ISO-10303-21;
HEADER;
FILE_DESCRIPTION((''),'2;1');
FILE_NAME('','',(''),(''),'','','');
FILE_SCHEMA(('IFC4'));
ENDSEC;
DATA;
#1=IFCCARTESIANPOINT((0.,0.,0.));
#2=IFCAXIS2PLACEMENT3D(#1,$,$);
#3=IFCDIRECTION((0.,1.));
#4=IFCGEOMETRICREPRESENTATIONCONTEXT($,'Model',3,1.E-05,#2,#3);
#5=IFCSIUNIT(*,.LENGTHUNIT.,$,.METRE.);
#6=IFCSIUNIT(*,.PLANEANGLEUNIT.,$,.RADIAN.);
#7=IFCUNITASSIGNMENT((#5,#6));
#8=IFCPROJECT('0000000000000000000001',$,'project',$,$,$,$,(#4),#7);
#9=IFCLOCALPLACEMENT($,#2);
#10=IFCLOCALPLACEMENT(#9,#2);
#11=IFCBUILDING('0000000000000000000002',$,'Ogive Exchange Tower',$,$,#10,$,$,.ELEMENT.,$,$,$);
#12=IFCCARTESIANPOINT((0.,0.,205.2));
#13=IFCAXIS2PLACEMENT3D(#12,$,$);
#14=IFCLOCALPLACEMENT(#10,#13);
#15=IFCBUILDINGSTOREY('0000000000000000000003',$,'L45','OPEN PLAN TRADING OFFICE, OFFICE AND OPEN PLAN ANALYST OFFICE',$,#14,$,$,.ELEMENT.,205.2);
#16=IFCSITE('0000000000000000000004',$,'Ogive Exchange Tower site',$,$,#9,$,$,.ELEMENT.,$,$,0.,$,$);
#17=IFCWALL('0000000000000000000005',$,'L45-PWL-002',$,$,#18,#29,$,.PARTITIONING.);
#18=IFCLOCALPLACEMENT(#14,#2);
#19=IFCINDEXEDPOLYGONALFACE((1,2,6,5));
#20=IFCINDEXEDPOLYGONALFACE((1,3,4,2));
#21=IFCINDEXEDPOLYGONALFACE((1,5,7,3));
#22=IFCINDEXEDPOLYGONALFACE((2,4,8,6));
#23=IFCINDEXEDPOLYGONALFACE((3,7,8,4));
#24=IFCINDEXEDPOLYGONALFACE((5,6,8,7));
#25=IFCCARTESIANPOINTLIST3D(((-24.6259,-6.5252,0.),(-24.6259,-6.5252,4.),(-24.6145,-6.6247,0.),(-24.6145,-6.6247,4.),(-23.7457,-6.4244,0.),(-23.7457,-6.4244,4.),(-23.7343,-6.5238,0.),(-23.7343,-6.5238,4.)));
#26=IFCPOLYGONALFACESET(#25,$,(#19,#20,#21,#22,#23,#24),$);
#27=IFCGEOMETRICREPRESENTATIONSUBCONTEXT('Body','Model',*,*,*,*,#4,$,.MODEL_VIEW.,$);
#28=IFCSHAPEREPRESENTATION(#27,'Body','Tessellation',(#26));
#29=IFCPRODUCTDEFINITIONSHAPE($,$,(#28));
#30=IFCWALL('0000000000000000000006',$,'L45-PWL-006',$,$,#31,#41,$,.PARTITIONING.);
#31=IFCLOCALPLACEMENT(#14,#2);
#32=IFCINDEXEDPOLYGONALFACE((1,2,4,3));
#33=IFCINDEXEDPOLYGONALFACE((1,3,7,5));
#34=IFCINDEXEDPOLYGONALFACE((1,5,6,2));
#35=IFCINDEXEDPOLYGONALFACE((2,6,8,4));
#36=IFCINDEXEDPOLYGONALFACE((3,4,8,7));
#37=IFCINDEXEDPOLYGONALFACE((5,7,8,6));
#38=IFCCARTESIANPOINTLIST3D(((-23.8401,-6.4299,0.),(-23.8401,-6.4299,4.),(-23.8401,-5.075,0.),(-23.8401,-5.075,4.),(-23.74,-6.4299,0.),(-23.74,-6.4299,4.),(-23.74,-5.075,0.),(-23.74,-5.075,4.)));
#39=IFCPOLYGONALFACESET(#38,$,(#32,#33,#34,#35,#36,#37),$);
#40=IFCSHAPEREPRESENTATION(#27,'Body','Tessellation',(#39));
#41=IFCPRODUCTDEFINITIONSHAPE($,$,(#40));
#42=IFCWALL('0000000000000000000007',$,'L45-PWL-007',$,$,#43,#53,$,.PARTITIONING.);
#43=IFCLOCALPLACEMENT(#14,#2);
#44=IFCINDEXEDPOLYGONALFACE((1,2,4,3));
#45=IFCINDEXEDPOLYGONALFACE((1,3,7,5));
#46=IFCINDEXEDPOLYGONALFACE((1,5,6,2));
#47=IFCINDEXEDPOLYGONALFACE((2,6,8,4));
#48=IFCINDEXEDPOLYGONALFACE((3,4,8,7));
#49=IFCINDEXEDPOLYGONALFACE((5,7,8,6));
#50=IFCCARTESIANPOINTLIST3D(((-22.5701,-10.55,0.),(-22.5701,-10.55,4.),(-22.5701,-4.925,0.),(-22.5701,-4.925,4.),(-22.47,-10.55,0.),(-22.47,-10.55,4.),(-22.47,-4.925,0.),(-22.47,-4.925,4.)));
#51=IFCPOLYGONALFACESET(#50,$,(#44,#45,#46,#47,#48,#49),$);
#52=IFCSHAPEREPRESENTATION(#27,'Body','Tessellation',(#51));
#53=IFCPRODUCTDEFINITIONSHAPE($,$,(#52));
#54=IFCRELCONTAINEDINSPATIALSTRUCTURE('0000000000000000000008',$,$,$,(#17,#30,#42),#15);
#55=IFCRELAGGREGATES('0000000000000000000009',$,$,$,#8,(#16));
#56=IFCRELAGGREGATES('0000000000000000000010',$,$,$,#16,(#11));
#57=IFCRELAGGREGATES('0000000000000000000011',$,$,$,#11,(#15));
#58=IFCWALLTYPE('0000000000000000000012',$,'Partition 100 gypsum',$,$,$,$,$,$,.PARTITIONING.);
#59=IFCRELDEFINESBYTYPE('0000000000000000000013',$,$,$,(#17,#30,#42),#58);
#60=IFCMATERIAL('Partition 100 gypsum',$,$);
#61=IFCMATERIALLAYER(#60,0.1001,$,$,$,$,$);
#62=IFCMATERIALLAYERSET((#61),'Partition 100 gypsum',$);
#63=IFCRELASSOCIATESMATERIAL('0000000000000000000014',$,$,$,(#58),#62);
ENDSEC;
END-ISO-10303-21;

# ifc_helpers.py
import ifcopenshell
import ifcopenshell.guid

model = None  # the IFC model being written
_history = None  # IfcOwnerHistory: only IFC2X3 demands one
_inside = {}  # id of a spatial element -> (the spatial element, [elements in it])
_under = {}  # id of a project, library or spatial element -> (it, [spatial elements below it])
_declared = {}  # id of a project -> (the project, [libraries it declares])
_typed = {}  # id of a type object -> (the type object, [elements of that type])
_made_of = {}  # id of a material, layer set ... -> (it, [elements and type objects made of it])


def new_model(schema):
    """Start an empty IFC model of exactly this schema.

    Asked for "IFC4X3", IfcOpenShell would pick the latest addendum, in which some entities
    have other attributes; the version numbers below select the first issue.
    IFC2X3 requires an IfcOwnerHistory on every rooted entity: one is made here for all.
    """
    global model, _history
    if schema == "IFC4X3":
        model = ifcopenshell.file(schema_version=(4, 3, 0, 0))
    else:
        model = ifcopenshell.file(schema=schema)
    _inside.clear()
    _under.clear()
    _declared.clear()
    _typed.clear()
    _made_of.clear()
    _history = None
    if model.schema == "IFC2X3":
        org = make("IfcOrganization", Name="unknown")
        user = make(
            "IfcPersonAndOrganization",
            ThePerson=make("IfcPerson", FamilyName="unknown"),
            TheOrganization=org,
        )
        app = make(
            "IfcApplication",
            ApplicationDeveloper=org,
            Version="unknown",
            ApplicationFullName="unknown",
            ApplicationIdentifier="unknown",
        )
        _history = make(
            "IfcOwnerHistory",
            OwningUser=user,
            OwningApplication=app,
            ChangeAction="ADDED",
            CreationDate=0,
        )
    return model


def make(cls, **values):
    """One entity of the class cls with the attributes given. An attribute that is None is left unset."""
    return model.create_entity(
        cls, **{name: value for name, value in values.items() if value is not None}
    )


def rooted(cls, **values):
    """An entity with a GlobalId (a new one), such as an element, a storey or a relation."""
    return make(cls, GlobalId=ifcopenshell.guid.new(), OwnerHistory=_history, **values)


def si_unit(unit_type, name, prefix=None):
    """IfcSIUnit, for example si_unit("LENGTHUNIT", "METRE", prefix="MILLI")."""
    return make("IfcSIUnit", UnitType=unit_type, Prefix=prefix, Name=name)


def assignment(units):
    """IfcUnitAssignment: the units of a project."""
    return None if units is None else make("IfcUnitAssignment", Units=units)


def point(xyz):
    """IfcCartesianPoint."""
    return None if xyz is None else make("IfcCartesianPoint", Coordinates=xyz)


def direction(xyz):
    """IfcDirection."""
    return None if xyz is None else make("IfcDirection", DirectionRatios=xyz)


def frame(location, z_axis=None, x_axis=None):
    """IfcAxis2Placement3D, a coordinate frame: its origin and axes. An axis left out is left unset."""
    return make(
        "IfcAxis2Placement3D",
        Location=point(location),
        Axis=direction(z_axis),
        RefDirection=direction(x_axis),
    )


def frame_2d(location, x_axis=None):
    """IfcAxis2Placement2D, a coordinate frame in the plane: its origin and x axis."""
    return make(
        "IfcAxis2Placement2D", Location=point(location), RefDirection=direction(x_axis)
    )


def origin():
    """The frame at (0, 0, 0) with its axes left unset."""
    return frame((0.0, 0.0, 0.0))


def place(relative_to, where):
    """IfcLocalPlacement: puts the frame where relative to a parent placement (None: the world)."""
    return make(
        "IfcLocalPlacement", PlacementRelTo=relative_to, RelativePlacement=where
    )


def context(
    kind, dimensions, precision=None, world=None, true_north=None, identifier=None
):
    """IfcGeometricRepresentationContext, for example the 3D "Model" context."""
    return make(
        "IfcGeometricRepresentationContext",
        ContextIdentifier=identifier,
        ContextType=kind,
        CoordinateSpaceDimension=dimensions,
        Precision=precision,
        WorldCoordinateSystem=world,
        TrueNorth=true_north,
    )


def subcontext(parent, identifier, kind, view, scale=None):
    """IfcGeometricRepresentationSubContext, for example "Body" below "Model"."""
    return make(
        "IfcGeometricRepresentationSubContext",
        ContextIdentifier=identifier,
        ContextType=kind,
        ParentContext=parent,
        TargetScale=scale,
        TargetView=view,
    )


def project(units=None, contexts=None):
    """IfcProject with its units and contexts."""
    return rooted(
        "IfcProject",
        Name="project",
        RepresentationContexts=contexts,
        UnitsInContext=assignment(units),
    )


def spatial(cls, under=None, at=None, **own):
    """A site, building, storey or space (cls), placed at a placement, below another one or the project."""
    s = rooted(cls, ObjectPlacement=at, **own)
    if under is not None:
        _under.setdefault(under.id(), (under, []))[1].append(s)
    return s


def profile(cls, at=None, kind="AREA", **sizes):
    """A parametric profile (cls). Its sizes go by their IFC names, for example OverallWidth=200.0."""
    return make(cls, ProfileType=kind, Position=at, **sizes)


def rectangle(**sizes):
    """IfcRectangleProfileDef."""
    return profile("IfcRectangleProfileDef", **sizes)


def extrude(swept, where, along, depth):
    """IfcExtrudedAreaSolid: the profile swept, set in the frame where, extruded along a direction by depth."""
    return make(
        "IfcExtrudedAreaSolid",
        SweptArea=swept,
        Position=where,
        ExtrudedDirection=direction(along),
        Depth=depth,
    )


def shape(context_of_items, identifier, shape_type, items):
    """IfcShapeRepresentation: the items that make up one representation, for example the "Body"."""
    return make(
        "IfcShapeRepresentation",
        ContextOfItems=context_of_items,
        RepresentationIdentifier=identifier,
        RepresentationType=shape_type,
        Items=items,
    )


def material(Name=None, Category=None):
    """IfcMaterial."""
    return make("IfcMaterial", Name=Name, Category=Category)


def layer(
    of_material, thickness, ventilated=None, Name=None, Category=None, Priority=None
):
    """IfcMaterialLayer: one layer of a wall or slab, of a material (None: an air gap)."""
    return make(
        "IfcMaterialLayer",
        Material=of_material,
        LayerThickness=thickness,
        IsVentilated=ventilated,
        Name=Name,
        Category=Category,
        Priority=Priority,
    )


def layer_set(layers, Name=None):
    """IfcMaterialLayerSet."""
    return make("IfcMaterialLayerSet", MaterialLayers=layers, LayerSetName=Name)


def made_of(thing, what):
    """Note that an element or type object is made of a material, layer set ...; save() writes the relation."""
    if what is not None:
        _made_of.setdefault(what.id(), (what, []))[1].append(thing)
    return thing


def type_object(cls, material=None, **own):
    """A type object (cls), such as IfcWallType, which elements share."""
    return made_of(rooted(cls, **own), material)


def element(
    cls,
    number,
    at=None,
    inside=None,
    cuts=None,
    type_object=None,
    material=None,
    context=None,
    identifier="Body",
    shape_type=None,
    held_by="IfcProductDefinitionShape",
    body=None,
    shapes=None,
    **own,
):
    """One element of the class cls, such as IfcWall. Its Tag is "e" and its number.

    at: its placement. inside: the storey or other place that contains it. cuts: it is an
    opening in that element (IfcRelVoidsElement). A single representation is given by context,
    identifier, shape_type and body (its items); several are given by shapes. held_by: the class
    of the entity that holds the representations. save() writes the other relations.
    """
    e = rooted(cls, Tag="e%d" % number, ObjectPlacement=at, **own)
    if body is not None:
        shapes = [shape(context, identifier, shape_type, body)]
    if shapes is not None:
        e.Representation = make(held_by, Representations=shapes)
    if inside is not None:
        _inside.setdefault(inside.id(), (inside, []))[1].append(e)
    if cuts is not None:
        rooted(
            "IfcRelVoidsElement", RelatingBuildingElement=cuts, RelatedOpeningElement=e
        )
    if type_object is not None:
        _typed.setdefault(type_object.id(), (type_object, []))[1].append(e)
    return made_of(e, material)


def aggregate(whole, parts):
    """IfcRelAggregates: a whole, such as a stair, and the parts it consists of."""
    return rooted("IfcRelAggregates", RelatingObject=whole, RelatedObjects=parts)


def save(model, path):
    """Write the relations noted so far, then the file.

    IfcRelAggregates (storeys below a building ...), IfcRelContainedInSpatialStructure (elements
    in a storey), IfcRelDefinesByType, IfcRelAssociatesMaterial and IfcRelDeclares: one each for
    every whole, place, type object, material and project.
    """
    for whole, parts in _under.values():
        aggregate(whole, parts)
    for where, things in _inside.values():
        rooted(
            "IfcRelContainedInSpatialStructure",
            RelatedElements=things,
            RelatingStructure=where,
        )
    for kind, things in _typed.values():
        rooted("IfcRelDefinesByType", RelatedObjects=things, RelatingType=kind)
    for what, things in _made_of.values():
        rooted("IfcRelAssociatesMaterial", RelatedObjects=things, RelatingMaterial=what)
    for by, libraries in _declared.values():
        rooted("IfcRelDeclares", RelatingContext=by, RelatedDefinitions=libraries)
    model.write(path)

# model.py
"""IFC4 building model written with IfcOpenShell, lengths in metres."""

from ifc_helpers import new_model, si_unit, direction, frame, frame_2d, origin, place, context, subcontext, project, spatial, rectangle, extrude, material, layer, layer_set, type_object, element, save


model = new_model("IFC4")

# Units and contexts
model_context = context("Model", 3, precision=1e-05, world=origin(), true_north=direction((0.0, 1.0)))
body_context = subcontext(model_context, "Body", "Model", "MODEL_VIEW")
ifc_project = project(units=[si_unit("LENGTHUNIT", "METRE"), si_unit("PLANEANGLEUNIT", "RADIAN")], contexts=[model_context])

# Site, building, storey
site_placement = place(None, origin())
site = spatial("IfcSite", under=ifc_project, at=site_placement, Name="Ogive Exchange Tower site", CompositionType="ELEMENT", RefElevation=0.0)
building_placement = place(site_placement, origin())
building = spatial("IfcBuilding", under=site, at=building_placement, Name="Ogive Exchange Tower", CompositionType="ELEMENT")
storey_placement = place(building_placement, frame((0.0, 0.0, 205.2)))
storey = spatial("IfcBuildingStorey", under=building, at=storey_placement, Name="L45", Description="OPEN PLAN TRADING OFFICE, OFFICE AND OPEN PLAN ANALYST OFFICE", CompositionType="ELEMENT", Elevation=205.2)

# Walls
ifc_material_1 = material(Name="Partition 100 gypsum")
ifc_layer_1 = layer(ifc_material_1, 0.1001)
ifc_layer_set_1 = layer_set([ifc_layer_1], Name="Partition 100 gypsum")
wall_type_1 = type_object("IfcWallType", Name="Partition 100 gypsum", PredefinedType="PARTITIONING", material=ifc_layer_set_1)
wall_1_placement = place(storey_placement, frame((-24.6201, -6.575, 0.0), z_axis=(0.0, 0.0, 1.0), x_axis=(0.993502, 0.113819, 0.0)))
element("IfcWall", 1, at=wall_1_placement, inside=storey, type_object=wall_type_1, Name="L45-PWL-002", PredefinedType="PARTITIONING", context=body_context, shape_type="SweptSolid", body=[
    extrude(rectangle(XDim=0.886, YDim=0.1001, at=frame_2d((0.4429, 0.0))), origin(), (0.0, 0.0, 1.0), 4.0),
])
wall_2_placement = place(storey_placement, frame((-23.79, -5.075, 0.0), z_axis=(0.0, 0.0, 1.0), x_axis=(0.0, -1.0, 0.0)))
element("IfcWall", 2, at=wall_2_placement, inside=storey, type_object=wall_type_1, Name="L45-PWL-006", PredefinedType="PARTITIONING", context=body_context, shape_type="SweptSolid", body=[
    extrude(rectangle(XDim=1.355, YDim=0.1001, at=frame_2d((0.6775, 0.0))), origin(), (0.0, 0.0, 1.0), 4.0),
])
wall_3_placement = place(storey_placement, frame((-22.52, -10.55, 0.0), z_axis=(0.0, 0.0, 1.0), x_axis=(0.0, 1.0, 0.0)))
element("IfcWall", 3, at=wall_3_placement, inside=storey, type_object=wall_type_1, Name="L45-PWL-007", PredefinedType="PARTITIONING", context=body_context, shape_type="SweptSolid", body=[
    extrude(rectangle(XDim=5.625, YDim=0.1001, at=frame_2d((2.8125, 0.0))), origin(), (0.0, 0.0, 1.0), 4.0),
])

save(model, "model.ifc")
